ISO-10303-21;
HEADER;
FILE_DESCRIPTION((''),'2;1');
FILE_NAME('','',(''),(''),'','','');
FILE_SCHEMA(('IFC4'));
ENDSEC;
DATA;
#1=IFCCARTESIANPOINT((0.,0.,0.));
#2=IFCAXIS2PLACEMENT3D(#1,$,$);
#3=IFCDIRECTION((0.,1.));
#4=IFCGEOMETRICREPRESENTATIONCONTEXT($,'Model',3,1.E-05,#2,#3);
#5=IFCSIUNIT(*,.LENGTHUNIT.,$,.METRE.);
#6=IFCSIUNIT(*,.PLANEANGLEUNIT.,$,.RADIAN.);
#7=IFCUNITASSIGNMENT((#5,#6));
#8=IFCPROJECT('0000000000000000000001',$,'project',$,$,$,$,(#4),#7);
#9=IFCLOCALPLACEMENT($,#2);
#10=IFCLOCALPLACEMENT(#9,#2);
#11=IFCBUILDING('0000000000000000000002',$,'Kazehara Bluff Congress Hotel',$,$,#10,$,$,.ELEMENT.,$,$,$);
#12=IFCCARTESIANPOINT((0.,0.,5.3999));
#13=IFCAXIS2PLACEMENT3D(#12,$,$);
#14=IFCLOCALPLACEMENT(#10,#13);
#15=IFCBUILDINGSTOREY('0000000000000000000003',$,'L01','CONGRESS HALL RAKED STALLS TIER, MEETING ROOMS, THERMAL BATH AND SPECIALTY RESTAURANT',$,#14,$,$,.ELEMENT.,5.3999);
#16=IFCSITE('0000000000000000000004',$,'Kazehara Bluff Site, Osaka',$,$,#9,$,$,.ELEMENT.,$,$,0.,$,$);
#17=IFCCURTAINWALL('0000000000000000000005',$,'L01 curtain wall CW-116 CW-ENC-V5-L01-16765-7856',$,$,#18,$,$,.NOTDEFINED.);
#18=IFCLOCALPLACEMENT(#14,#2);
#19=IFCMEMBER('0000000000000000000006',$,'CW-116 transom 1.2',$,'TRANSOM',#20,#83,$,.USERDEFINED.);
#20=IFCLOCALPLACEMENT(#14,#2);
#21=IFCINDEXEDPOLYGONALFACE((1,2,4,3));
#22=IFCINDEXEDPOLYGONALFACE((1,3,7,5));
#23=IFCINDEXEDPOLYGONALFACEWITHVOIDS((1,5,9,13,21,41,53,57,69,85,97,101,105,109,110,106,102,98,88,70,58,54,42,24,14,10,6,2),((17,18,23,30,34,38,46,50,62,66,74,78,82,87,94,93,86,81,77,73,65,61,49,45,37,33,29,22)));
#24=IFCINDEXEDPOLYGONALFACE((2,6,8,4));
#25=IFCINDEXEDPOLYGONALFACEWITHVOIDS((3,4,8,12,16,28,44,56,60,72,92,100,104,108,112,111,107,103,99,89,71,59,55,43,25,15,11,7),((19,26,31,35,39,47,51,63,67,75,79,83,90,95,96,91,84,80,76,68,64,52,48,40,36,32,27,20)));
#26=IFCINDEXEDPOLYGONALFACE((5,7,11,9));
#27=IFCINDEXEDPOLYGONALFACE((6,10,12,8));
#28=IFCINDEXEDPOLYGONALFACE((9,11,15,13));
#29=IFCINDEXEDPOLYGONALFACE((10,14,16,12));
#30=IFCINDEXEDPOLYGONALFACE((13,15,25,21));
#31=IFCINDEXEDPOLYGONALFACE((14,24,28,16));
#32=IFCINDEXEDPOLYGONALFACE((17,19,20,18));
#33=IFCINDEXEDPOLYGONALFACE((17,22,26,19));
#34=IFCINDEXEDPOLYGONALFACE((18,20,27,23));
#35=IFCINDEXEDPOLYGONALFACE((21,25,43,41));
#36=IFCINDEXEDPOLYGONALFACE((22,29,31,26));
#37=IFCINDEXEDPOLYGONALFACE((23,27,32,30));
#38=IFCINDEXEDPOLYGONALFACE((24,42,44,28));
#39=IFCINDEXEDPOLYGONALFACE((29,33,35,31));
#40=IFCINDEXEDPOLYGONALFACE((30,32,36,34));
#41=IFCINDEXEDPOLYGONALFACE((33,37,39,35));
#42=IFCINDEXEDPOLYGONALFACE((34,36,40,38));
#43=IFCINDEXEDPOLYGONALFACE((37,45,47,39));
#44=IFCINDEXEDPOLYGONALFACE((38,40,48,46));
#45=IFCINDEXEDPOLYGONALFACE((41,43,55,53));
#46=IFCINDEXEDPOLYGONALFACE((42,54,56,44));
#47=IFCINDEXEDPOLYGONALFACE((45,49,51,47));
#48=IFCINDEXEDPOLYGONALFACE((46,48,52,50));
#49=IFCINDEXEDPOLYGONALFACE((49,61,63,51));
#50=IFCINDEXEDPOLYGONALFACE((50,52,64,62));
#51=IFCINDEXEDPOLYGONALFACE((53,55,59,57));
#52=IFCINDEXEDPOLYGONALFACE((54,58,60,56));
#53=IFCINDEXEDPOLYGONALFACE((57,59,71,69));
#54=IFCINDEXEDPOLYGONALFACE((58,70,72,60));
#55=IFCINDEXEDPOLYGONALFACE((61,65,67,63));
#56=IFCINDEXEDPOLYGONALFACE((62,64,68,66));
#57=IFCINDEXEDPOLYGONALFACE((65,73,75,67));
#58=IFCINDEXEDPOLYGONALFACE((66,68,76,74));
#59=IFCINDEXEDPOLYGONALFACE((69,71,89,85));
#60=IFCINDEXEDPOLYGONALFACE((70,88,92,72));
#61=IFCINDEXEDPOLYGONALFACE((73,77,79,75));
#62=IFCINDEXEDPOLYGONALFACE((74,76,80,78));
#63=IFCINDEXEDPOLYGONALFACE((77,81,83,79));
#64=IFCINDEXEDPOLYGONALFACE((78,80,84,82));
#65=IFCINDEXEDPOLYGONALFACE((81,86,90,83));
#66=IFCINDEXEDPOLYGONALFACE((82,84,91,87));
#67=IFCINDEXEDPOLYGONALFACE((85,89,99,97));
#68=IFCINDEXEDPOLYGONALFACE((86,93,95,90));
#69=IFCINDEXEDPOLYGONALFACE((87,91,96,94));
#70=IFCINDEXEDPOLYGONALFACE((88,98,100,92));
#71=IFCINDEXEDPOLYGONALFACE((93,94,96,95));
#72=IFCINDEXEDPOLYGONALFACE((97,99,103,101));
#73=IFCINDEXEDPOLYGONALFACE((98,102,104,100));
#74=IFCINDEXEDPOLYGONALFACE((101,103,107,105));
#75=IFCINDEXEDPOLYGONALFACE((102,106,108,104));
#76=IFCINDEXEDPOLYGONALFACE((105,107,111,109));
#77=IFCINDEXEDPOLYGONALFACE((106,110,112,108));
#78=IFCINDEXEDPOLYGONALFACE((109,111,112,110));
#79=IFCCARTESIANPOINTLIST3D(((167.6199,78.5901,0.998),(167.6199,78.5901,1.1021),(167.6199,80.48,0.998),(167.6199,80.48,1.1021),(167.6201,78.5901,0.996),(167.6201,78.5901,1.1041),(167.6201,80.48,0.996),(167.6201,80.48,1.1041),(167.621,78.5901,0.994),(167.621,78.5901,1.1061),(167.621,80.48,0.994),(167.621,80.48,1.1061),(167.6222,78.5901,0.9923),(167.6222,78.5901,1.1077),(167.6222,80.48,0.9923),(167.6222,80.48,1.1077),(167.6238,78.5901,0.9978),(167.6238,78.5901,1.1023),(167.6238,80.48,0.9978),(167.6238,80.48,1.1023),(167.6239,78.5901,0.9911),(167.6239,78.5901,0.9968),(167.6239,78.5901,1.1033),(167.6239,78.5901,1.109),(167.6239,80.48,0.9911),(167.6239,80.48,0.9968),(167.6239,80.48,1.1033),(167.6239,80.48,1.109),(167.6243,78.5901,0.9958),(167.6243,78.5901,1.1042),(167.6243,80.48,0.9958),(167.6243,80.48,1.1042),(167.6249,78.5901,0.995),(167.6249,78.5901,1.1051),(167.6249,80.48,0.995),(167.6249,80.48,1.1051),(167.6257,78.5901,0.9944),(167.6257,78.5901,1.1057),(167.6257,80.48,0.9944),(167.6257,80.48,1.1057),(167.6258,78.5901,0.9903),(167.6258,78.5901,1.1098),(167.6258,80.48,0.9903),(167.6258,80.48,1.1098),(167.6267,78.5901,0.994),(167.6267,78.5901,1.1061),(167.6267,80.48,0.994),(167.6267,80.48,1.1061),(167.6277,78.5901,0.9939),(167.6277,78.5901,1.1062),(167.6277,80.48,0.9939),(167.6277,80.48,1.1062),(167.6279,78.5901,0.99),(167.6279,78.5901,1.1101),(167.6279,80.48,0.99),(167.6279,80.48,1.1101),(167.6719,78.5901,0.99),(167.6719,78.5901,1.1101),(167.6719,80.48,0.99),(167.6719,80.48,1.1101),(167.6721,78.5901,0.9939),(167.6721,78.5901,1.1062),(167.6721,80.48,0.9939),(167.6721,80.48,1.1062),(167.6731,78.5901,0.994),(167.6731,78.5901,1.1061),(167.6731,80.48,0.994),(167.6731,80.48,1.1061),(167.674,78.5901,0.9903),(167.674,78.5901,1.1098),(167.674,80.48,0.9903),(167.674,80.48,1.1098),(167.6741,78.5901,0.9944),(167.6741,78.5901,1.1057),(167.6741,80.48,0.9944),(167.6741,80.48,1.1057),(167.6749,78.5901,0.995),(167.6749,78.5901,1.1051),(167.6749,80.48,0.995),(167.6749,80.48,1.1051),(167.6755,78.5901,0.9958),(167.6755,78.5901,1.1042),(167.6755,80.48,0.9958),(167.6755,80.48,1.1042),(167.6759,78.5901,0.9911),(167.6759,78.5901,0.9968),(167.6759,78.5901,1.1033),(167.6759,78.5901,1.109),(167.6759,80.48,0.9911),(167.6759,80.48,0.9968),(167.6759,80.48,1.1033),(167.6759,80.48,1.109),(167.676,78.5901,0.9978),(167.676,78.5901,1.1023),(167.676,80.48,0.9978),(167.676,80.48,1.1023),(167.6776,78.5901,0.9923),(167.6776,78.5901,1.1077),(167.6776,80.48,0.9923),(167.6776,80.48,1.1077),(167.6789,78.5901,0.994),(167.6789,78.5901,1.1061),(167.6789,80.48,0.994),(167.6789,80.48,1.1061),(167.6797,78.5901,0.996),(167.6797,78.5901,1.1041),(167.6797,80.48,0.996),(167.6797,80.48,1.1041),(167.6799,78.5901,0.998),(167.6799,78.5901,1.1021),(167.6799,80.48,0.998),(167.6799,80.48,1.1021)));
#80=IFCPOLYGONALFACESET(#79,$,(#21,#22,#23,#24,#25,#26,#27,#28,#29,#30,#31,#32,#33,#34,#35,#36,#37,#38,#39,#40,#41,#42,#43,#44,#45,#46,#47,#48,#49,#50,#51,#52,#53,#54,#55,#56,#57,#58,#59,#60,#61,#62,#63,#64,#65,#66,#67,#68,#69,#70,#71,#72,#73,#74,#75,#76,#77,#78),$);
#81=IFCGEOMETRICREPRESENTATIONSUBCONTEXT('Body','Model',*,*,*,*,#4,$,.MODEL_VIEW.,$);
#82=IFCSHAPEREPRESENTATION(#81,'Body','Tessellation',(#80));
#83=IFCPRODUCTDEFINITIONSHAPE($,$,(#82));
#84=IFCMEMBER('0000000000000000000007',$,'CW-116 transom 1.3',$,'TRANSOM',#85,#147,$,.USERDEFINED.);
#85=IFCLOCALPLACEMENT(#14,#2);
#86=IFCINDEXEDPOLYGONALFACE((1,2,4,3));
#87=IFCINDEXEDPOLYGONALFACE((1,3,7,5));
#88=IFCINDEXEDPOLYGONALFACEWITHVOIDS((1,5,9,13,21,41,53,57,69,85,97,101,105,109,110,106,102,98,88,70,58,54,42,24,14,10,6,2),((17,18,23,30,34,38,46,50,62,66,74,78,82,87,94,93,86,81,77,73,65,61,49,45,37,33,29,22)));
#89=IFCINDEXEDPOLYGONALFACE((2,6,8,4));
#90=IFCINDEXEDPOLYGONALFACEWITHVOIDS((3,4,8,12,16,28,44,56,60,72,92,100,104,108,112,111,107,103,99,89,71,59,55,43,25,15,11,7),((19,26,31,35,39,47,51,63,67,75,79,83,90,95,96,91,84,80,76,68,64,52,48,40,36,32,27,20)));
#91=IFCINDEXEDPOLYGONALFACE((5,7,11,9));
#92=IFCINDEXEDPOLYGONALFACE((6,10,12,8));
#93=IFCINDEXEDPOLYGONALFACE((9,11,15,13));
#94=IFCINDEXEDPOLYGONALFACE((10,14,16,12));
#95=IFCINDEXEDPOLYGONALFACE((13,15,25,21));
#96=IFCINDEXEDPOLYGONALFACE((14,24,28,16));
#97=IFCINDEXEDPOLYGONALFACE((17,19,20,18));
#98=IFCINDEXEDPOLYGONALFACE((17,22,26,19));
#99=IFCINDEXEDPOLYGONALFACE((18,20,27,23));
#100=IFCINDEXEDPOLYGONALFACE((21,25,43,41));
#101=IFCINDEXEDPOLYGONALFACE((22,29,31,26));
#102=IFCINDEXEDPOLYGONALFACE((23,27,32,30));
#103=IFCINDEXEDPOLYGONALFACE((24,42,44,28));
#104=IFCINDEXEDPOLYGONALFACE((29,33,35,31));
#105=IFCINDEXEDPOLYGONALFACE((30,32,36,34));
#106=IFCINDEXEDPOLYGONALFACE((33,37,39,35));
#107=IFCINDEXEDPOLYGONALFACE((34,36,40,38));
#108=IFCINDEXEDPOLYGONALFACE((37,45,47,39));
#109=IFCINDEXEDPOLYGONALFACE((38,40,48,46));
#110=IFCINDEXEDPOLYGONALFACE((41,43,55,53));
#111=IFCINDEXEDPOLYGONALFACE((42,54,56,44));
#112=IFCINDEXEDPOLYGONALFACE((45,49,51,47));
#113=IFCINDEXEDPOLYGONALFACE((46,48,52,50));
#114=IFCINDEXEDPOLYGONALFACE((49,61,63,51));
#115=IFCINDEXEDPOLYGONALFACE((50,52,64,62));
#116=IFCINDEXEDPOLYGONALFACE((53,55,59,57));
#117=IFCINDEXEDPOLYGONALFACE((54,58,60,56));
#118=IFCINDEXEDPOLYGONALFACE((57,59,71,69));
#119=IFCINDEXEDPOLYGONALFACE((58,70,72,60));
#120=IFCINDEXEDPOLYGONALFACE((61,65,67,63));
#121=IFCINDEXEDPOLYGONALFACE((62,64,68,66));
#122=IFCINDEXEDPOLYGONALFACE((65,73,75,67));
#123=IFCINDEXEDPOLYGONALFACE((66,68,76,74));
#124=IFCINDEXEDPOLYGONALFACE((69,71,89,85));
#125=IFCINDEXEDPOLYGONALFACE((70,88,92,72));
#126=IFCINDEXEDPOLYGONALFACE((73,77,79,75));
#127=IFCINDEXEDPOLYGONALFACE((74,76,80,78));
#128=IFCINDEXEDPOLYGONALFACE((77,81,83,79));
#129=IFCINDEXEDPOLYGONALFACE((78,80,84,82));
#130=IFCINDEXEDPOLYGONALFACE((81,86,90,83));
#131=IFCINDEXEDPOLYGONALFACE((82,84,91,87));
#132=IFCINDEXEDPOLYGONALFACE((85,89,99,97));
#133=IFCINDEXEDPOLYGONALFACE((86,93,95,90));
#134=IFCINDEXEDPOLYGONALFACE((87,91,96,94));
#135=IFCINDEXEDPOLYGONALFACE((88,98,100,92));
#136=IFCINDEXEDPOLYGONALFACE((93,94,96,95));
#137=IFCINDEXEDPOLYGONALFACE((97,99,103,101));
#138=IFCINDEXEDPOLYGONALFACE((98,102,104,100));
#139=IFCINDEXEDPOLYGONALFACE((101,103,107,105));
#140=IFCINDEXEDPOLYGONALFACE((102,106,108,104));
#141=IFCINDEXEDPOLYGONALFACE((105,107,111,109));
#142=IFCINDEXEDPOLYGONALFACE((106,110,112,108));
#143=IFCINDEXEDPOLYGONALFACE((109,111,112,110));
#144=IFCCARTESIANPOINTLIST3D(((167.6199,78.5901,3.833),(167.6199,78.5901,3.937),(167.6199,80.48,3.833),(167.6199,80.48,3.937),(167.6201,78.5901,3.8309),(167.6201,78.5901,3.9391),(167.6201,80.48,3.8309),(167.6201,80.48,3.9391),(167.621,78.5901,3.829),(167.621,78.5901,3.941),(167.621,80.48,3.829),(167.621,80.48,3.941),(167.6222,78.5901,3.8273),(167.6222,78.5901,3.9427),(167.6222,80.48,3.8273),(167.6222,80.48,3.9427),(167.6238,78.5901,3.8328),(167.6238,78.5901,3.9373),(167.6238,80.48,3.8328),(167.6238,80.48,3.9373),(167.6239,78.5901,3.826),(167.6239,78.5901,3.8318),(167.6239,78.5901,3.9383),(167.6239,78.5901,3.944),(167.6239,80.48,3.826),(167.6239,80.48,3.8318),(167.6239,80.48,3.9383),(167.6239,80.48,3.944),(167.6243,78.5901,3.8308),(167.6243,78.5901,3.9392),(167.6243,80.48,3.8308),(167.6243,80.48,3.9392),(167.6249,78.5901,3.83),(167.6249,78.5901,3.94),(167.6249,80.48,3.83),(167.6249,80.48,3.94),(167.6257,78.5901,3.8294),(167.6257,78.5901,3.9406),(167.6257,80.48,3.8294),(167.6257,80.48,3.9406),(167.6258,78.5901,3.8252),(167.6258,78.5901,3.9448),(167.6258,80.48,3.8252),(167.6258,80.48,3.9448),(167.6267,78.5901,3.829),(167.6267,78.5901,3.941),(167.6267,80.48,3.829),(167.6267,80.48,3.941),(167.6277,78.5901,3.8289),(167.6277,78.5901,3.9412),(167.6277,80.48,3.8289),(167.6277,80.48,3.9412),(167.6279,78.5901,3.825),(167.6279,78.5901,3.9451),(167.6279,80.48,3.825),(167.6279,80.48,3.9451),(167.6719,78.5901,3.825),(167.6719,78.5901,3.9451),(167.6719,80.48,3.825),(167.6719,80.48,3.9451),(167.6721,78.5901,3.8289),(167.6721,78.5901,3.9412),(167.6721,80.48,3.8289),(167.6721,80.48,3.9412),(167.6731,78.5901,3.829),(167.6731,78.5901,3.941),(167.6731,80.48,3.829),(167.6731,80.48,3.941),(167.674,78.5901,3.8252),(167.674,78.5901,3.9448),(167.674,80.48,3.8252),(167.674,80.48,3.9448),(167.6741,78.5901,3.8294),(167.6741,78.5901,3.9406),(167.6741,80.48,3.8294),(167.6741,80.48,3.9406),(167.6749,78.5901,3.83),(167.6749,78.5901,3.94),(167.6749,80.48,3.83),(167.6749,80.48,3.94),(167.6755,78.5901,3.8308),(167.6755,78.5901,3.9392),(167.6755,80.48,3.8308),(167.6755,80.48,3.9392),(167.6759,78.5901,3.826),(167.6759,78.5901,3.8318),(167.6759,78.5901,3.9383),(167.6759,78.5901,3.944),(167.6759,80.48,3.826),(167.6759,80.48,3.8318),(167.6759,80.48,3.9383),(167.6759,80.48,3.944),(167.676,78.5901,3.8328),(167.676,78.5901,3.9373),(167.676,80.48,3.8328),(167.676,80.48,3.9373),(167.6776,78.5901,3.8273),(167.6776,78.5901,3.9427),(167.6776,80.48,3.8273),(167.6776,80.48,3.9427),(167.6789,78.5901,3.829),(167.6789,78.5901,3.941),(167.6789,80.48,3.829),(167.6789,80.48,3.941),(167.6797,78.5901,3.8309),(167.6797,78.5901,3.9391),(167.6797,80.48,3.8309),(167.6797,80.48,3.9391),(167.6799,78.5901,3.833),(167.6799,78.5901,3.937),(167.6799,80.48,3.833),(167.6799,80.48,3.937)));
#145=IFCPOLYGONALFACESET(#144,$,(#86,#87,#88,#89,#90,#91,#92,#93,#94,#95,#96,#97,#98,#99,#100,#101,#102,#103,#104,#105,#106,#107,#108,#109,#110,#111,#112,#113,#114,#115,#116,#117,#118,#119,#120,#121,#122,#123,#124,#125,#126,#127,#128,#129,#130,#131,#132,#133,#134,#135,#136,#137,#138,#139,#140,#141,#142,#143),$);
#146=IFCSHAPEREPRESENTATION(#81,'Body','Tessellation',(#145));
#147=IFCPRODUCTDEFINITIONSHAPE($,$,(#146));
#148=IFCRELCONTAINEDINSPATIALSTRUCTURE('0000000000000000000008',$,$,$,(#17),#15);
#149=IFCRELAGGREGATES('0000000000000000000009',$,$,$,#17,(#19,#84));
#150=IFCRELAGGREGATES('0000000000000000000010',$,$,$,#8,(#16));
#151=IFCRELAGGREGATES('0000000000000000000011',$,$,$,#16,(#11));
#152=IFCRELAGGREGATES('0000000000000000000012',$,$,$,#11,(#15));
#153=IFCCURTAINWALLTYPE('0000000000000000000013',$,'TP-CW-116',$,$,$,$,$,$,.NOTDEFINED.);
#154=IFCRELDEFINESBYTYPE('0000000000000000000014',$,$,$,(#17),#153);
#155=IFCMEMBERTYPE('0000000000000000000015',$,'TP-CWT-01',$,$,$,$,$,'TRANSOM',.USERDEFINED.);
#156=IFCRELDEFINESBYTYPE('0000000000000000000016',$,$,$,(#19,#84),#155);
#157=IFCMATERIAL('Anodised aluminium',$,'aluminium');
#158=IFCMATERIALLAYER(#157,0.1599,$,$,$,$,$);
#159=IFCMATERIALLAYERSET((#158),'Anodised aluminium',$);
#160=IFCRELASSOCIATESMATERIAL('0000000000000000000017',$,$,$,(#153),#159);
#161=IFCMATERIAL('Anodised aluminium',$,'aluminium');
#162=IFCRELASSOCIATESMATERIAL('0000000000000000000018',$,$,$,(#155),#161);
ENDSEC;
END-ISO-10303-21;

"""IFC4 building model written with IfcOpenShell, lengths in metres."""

from ifc_helpers import new_model, si_unit, direction, frame, origin, origin_2d, place, context, subcontext, project, spatial, hollow_rectangle, extrude, material, layer, layer_set, material_profile, profile_set, type_object, element, aggregate, save


model = new_model("IFC4")

# Units and contexts
model_context = context("Model", 3, precision=1e-05, world=origin(), true_north=direction((0.0, 1.0)))
body_context = subcontext(model_context, "Body", "Model", "MODEL_VIEW")
ifc_project = project(units=[si_unit("LENGTHUNIT", "METRE"), si_unit("PLANEANGLEUNIT", "RADIAN")], contexts=[model_context])

# Site, building, storey
site_placement = place(None, origin())
site = spatial("IfcSite", under=ifc_project, at=site_placement, Name="Kazehara Bluff Site, Osaka", CompositionType="ELEMENT", RefElevation=0.0)
building_placement = place(site_placement, origin())
building = spatial("IfcBuilding", under=site, at=building_placement, Name="Kazehara Bluff Congress Hotel", CompositionType="ELEMENT")
storey_placement = place(building_placement, frame((0.0, 0.0, 5.3999)))
storey = spatial("IfcBuildingStorey", under=building, at=storey_placement, Name="L01", Description="CONGRESS HALL RAKED STALLS TIER, MEETING ROOMS, THERMAL BATH AND SPECIALTY RESTAURANT", CompositionType="ELEMENT", Elevation=5.3999)

# Curtain wall, members
ifc_material_1 = material(Name="Anodised aluminium", Category="aluminium")
ifc_layer_1 = layer(ifc_material_1, 0.1599)
ifc_layer_set_1 = layer_set([ifc_layer_1], Name="Anodised aluminium")
curtain_wall_type_1 = type_object("IfcCurtainWallType", Name="TP-CW-116", PredefinedType="NOTDEFINED", material=ifc_layer_set_1)
curtain_wall_1_placement = place(storey_placement, origin())
curtain_wall_1 = element("IfcCurtainWall", 1, at=curtain_wall_1_placement, inside=storey, type_object=curtain_wall_type_1, Name="L01 curtain wall CW-116 CW-ENC-V5-L01-16765-7856", PredefinedType="NOTDEFINED")
ifc_material_2 = material(Name="Anodised aluminium", Category="aluminium")
ifc_material_profile_1 = material_profile(ifc_material_2, hollow_rectangle(XDim=0.0601, YDim=0.1201, WallThickness=0.0039, InnerFilletRadius=0.0039, OuterFilletRadius=0.0081, at=origin_2d()))
ifc_profile_set_1 = profile_set([ifc_material_profile_1], Name="Anodised aluminium")
member_type_1 = type_object("IfcMemberType", Name="TP-CWT-01", ElementType="TRANSOM", PredefinedType="USERDEFINED", material=ifc_profile_set_1)
member_1_placement = place(storey_placement, frame((167.6499, 80.48, 1.05), z_axis=(0.0, -1.0, 0.0), x_axis=(1.0, 0.0, 0.0)))
member_1 = element("IfcMember", 2, at=member_1_placement, type_object=member_type_1, Name="CW-116 transom 1.2", ObjectType="TRANSOM", PredefinedType="USERDEFINED", context=body_context, shape_type="SweptSolid", body=[
    extrude(hollow_rectangle(XDim=0.0601, YDim=0.1201, WallThickness=0.0039, InnerFilletRadius=0.0039, OuterFilletRadius=0.0081, at=origin_2d()), origin(), (0.0, 0.0, 1.0), 1.8899),
])
member_2_placement = place(storey_placement, frame((167.6499, 80.48, 3.885), z_axis=(0.0, -1.0, 0.0), x_axis=(1.0, 0.0, 0.0)))
member_2 = element("IfcMember", 3, at=member_2_placement, type_object=member_type_1, Name="CW-116 transom 1.3", ObjectType="TRANSOM", PredefinedType="USERDEFINED", context=body_context, shape_type="SweptSolid", body=[
    extrude(hollow_rectangle(XDim=0.0601, YDim=0.1201, WallThickness=0.0039, InnerFilletRadius=0.0039, OuterFilletRadius=0.0081, at=origin_2d()), origin(), (0.0, 0.0, 1.0), 1.8899),
])

aggregate(curtain_wall_1, [member_1, member_2])

save(model, "model.ifc")
